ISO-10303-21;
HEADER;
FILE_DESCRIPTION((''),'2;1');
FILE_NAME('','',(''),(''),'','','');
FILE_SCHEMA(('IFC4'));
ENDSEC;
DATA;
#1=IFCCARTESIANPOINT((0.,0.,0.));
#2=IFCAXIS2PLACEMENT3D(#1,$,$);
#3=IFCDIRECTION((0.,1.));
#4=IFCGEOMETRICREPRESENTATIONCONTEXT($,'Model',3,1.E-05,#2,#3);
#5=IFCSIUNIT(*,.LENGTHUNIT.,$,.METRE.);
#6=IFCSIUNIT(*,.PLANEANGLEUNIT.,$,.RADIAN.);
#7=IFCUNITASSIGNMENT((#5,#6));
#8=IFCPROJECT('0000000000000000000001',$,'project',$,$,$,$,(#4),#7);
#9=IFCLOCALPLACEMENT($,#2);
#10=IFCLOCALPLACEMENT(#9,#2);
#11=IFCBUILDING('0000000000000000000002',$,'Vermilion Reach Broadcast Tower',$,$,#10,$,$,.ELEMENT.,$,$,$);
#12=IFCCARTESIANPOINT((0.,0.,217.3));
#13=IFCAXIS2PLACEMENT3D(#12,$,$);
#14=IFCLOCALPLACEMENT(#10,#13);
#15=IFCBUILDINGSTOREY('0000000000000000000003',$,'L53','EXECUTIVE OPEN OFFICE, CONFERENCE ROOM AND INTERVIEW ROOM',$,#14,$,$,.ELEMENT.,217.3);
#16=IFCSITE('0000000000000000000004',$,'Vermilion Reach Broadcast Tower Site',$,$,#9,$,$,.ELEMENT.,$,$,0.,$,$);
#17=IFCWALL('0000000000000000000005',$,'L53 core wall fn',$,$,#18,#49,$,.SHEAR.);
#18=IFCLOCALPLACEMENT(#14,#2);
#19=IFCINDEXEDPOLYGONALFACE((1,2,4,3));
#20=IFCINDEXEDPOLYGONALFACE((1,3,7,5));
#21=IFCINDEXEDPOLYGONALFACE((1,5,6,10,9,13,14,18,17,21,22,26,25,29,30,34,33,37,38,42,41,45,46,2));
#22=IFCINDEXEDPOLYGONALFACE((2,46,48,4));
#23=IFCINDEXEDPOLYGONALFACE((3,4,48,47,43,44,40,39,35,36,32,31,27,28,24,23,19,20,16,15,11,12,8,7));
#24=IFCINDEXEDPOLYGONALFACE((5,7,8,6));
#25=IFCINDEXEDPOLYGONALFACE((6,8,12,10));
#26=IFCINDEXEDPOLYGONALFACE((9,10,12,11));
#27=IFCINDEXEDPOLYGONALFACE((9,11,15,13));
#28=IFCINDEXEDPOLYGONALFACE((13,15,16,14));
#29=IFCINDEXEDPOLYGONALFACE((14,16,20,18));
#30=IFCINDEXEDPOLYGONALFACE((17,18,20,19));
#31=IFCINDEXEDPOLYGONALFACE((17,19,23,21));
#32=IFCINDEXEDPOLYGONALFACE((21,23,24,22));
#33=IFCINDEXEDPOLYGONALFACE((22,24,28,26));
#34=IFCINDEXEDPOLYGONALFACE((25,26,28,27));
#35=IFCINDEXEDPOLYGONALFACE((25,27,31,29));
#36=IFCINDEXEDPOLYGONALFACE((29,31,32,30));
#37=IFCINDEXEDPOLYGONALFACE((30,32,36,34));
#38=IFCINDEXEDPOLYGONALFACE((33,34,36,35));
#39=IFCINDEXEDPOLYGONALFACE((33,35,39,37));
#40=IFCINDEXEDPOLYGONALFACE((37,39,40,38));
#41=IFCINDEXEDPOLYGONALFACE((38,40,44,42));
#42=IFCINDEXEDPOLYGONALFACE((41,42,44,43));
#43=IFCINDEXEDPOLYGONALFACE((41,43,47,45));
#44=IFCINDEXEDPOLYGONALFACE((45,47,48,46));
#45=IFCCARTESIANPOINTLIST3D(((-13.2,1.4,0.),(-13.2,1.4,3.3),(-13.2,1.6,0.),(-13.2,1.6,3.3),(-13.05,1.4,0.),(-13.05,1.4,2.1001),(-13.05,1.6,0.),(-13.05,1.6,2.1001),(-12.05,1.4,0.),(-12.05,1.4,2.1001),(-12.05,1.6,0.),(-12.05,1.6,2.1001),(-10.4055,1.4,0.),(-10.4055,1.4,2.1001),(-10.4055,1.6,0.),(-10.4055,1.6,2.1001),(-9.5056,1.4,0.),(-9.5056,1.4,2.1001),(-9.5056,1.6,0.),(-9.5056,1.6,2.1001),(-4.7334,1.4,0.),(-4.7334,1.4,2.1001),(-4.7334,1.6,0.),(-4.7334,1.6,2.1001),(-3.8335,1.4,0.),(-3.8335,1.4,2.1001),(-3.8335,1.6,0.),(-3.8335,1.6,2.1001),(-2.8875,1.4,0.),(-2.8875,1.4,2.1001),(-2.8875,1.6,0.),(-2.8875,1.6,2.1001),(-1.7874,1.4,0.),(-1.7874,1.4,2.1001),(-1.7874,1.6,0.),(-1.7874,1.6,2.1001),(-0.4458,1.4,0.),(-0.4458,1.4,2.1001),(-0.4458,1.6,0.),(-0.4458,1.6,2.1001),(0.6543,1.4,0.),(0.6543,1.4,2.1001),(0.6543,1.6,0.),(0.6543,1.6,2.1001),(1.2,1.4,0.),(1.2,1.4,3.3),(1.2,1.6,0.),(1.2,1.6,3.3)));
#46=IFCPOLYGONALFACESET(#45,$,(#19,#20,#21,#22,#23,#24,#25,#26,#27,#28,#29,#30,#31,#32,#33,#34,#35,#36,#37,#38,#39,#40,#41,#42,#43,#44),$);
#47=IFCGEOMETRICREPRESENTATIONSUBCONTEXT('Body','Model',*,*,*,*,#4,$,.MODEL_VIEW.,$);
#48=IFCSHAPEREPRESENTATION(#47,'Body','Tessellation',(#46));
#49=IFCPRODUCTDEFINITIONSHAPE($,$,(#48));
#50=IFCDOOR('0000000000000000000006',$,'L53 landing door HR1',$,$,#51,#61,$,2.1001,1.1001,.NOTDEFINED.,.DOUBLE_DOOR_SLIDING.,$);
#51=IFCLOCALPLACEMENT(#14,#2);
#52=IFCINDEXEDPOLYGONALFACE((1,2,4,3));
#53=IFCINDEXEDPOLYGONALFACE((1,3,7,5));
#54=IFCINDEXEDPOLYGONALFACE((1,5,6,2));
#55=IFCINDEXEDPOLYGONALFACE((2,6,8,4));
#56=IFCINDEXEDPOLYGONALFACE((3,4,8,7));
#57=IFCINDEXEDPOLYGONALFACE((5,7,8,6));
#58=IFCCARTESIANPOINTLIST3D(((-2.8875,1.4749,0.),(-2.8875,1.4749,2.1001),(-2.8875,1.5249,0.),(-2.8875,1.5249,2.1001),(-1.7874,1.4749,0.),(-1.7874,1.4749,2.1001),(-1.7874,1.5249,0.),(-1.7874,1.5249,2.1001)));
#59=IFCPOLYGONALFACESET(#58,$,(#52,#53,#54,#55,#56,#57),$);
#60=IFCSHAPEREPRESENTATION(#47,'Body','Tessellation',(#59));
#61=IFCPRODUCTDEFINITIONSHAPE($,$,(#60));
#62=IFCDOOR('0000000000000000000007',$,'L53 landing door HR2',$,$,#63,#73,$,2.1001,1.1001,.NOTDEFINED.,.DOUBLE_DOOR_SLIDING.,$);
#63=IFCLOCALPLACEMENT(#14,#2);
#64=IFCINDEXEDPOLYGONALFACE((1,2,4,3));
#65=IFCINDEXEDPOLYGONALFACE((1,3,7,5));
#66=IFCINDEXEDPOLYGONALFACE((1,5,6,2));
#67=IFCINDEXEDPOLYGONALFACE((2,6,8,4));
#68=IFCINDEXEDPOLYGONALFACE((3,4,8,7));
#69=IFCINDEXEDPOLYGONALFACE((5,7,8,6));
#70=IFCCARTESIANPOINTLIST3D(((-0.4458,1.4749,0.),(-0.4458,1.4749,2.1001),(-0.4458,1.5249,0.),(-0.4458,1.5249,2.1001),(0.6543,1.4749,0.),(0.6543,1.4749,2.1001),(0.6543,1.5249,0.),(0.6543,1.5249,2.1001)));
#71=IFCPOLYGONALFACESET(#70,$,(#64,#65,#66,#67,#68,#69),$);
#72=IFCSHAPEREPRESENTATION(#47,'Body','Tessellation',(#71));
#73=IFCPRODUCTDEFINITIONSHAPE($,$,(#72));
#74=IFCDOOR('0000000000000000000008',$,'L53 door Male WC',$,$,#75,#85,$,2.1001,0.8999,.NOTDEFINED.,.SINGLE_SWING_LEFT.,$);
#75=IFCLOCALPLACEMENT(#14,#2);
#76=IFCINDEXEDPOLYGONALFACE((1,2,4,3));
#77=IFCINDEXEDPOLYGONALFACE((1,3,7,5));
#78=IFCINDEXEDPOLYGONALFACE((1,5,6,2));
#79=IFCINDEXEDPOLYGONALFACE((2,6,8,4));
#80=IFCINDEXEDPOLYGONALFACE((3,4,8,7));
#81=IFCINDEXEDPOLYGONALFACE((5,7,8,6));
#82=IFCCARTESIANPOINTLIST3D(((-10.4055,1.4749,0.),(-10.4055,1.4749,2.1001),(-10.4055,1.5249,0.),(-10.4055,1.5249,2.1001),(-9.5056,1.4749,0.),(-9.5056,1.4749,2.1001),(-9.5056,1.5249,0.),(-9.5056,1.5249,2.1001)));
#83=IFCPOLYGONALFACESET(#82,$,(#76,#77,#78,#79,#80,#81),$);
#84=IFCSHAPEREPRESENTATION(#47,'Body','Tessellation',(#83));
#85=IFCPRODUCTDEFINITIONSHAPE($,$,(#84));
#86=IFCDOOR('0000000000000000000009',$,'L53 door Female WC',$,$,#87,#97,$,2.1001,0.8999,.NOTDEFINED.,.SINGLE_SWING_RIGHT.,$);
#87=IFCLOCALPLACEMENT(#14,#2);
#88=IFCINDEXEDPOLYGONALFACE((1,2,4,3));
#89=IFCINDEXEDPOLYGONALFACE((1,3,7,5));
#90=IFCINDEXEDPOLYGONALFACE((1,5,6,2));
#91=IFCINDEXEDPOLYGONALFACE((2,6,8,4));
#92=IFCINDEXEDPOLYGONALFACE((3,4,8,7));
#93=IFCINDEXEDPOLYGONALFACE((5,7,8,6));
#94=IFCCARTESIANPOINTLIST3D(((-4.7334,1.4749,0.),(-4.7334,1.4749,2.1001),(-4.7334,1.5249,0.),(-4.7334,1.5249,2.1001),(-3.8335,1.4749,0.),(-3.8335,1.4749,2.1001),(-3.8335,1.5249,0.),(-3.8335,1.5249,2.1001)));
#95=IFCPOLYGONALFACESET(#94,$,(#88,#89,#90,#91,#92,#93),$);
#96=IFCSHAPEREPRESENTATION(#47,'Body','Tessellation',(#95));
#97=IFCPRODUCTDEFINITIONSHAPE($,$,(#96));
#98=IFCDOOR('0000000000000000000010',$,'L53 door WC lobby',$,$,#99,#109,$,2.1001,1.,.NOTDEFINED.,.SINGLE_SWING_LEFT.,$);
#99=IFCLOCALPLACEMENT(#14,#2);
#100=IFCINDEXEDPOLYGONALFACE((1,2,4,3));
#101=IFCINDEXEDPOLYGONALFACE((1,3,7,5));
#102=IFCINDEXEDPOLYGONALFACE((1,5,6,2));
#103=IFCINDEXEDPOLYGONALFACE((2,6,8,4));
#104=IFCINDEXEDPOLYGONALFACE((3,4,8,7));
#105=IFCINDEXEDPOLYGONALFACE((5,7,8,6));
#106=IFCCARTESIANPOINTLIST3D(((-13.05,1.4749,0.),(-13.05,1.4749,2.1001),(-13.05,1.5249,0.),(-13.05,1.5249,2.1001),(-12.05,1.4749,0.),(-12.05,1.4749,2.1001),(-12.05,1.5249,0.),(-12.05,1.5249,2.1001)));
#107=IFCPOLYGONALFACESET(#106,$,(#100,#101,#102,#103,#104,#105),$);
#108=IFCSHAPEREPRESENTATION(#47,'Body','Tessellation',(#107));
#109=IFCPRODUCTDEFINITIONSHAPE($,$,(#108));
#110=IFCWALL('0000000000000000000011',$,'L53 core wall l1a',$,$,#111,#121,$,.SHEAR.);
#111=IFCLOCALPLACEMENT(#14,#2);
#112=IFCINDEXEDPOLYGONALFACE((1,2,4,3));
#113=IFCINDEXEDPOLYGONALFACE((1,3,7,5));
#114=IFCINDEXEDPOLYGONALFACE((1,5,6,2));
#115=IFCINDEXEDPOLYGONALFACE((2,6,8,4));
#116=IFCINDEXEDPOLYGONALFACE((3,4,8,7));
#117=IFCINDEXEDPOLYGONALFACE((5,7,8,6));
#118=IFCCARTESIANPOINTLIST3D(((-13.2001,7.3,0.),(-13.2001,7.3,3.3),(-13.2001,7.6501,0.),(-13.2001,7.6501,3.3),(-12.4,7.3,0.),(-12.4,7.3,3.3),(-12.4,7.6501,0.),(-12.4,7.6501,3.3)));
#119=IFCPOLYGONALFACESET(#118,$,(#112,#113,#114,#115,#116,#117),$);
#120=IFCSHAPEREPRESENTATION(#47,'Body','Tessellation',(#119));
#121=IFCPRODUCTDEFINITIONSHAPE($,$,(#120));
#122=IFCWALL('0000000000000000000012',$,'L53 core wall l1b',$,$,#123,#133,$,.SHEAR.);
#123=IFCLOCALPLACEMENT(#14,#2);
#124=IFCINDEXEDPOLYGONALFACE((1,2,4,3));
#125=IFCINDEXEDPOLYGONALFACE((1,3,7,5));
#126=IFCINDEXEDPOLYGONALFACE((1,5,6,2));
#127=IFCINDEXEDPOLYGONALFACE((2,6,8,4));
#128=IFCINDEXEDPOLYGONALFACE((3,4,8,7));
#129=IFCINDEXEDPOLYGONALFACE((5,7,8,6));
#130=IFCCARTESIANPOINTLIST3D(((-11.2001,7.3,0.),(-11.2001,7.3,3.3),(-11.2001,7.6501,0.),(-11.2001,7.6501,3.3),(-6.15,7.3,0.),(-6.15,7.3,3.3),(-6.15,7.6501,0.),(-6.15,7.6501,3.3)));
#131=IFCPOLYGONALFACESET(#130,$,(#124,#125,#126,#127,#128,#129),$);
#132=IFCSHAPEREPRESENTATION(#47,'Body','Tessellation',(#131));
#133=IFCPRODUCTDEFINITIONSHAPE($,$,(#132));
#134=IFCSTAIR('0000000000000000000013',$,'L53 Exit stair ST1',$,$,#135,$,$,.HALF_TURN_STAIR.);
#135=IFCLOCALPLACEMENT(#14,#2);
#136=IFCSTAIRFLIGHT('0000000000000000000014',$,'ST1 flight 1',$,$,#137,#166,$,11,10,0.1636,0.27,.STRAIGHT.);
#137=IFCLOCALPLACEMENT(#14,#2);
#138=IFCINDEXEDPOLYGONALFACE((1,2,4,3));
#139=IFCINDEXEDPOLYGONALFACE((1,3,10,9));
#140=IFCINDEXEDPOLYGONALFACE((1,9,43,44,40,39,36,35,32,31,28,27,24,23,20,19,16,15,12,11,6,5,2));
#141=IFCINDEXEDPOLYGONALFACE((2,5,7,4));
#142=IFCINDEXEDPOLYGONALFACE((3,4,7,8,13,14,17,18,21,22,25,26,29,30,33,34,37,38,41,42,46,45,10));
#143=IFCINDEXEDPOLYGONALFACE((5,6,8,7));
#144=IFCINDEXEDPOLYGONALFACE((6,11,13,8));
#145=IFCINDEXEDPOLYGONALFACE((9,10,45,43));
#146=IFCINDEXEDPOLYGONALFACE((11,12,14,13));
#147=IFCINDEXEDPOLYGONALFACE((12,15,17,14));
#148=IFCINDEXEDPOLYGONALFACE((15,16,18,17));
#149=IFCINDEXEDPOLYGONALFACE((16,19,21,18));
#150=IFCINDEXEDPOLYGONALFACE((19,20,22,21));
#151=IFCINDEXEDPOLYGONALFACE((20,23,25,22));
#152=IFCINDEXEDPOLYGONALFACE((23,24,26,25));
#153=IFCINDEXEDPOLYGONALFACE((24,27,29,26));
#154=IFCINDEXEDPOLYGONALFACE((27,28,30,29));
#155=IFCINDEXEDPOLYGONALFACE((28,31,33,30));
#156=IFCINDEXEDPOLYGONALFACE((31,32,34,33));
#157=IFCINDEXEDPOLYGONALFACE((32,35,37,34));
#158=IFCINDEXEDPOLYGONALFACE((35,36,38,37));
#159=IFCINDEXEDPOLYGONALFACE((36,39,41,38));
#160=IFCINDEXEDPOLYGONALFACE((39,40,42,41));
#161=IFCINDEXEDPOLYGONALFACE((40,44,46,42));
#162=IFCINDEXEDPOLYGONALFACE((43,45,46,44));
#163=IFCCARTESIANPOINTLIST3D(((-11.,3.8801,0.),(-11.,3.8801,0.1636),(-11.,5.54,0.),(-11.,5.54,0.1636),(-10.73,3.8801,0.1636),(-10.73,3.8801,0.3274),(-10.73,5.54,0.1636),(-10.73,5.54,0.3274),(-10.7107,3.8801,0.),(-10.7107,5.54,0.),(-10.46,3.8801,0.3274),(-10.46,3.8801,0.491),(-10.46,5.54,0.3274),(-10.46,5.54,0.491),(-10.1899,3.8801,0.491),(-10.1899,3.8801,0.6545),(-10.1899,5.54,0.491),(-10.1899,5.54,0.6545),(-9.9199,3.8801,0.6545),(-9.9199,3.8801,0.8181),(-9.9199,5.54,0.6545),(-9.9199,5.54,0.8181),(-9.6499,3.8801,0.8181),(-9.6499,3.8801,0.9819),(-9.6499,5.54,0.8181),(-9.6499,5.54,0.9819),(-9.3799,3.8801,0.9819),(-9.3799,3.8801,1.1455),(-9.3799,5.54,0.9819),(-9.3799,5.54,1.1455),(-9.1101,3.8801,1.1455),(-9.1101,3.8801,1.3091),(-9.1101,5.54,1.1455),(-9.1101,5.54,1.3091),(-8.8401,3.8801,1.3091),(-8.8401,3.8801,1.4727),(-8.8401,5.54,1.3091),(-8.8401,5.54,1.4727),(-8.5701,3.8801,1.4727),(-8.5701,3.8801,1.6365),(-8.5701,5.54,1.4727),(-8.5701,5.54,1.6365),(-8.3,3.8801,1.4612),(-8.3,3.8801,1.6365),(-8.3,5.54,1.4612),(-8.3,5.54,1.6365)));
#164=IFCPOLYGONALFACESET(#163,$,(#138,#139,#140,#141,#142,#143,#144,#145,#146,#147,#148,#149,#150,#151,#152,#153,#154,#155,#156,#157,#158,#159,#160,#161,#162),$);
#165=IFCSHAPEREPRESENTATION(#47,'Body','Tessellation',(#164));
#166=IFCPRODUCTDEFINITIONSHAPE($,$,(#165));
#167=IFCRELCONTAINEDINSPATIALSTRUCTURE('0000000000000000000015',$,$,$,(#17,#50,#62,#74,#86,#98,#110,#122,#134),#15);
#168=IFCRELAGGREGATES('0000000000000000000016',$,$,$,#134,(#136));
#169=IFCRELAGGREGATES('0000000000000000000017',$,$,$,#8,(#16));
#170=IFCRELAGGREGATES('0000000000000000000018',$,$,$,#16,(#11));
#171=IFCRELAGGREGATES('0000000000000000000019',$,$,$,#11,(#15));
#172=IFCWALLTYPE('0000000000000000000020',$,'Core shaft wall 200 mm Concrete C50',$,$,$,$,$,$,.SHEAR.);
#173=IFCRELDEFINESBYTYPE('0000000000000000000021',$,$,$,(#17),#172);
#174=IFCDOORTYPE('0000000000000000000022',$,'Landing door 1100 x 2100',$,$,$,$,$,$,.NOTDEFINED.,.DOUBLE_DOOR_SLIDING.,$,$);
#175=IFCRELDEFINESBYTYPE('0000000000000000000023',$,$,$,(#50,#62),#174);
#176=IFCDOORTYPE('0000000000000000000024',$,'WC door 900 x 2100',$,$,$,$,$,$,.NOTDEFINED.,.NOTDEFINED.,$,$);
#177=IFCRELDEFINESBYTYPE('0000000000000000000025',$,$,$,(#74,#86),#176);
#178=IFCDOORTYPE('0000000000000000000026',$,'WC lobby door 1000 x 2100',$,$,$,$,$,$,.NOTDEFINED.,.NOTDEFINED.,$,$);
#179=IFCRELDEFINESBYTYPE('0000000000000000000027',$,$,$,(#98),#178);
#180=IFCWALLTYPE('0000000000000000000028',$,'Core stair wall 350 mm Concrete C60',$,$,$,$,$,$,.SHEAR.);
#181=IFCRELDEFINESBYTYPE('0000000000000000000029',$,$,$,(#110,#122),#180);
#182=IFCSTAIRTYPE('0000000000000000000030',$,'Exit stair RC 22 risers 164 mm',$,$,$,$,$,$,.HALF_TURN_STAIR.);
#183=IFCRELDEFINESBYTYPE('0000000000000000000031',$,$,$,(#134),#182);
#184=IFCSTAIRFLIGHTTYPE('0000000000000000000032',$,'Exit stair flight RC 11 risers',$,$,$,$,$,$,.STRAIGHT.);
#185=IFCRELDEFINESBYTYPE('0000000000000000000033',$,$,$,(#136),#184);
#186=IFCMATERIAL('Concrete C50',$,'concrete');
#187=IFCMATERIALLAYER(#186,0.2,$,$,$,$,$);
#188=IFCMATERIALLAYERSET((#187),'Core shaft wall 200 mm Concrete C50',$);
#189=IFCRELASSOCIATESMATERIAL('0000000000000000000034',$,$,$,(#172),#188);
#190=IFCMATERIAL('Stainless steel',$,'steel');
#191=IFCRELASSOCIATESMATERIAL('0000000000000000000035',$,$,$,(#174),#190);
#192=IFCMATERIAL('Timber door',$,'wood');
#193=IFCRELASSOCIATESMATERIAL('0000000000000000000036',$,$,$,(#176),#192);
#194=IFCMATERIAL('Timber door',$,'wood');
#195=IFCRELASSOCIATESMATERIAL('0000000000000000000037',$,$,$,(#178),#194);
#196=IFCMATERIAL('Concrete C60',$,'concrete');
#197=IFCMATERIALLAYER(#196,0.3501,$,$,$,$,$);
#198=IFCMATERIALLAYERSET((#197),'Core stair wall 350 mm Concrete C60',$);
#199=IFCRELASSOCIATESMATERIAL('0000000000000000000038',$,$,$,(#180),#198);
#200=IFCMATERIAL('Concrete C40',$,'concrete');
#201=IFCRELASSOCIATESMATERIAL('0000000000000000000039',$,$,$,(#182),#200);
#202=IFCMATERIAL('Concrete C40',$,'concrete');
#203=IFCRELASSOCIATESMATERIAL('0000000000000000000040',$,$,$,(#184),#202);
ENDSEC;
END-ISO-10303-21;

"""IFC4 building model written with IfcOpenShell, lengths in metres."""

from ifc_helpers import new_model, si_unit, direction, frame, frame_2d, origin, place, context, subcontext, project, spatial, polyline, rectangle, outline, extrude, material, layer, layer_set, type_object, element, fill, aggregate, save


model = new_model("IFC4")

# Units and contexts
model_context = context("Model", 3, precision=1e-05, world=origin(), true_north=direction((0.0, 1.0)))
body_context = subcontext(model_context, "Body", "Model", "MODEL_VIEW")
ifc_project = project(units=[si_unit("LENGTHUNIT", "METRE"), si_unit("PLANEANGLEUNIT", "RADIAN")], contexts=[model_context])

# Site, building, storey
site_placement = place(None, origin())
site = spatial("IfcSite", under=ifc_project, at=site_placement, Name="Vermilion Reach Broadcast Tower Site", CompositionType="ELEMENT", RefElevation=0.0)
building_placement = place(site_placement, origin())
building = spatial("IfcBuilding", under=site, at=building_placement, Name="Vermilion Reach Broadcast Tower", CompositionType="ELEMENT")
storey_placement = place(building_placement, frame((0.0, 0.0, 217.3)))
storey = spatial("IfcBuildingStorey", under=building, at=storey_placement, Name="L53", Description="EXECUTIVE OPEN OFFICE, CONFERENCE ROOM AND INTERVIEW ROOM", CompositionType="ELEMENT", Elevation=217.3)

# Wall, openings, doors
ifc_material_1 = material(Name="Concrete C50", Category="concrete")
ifc_layer_1 = layer(ifc_material_1, 0.2)
ifc_layer_set_1 = layer_set([ifc_layer_1], Name="Core shaft wall 200 mm Concrete C50")
wall_type_1 = type_object("IfcWallType", Name="Core shaft wall 200 mm Concrete C50", PredefinedType="SHEAR", material=ifc_layer_set_1)
wall_1_placement = place(storey_placement, frame((-13.2, 1.5, 0.0), z_axis=(0.0, 0.0, 1.0), x_axis=(1.0, 0.0, 0.0)))
wall_1 = element("IfcWall", 1, at=wall_1_placement, inside=storey, type_object=wall_type_1, Name="L53 core wall fn", PredefinedType="SHEAR", context=body_context, shape_type="SweptSolid", body=[
    extrude(rectangle(XDim=14.3999, YDim=0.2, at=frame_2d((7.2, 0.0))), origin(), (0.0, 0.0, 1.0), 3.3),
])
opening_1_placement = place(wall_1_placement, frame((10.3125, 0.0, 0.0)))
opening_1 = element("IfcOpeningElement", 2, at=opening_1_placement, cuts=wall_1, PredefinedType="OPENING", context=body_context, shape_type="SweptSolid", body=[
    extrude(rectangle(XDim=1.1001, YDim=2.1001, at=frame_2d((0.55, 1.05))), frame((0.0, 0.1099, 0.0), z_axis=(0.0, -1.0, 0.0), x_axis=(1.0, 0.0, 0.0)), (0.0, 0.0, 1.0), 0.22),
])
opening_2_placement = place(wall_1_placement, frame((12.7542, 0.0, 0.0)))
opening_2 = element("IfcOpeningElement", 3, at=opening_2_placement, cuts=wall_1, PredefinedType="OPENING", context=body_context, shape_type="SweptSolid", body=[
    extrude(rectangle(XDim=1.1001, YDim=2.1001, at=frame_2d((0.55, 1.05))), frame((0.0, 0.1099, 0.0), z_axis=(0.0, -1.0, 0.0), x_axis=(1.0, 0.0, 0.0)), (0.0, 0.0, 1.0), 0.22),
])
opening_3_placement = place(wall_1_placement, frame((0.1499, 0.0, 0.0)))
opening_3 = element("IfcOpeningElement", 4, at=opening_3_placement, cuts=wall_1, PredefinedType="OPENING", context=body_context, shape_type="SweptSolid", body=[
    extrude(rectangle(XDim=1.0, YDim=2.1001, at=frame_2d((0.5, 1.05))), frame((0.0, 0.1099, 0.0), z_axis=(0.0, -1.0, 0.0), x_axis=(1.0, 0.0, 0.0)), (0.0, 0.0, 1.0), 0.22),
])
opening_4_placement = place(wall_1_placement, frame((2.7944, 0.0, 0.0)))
opening_4 = element("IfcOpeningElement", 5, at=opening_4_placement, cuts=wall_1, PredefinedType="OPENING", context=body_context, shape_type="SweptSolid", body=[
    extrude(rectangle(XDim=0.8999, YDim=2.1001, at=frame_2d((0.45, 1.05))), frame((0.0, 0.1099, 0.0), z_axis=(0.0, -1.0, 0.0), x_axis=(1.0, 0.0, 0.0)), (0.0, 0.0, 1.0), 0.22),
])
opening_5_placement = place(wall_1_placement, frame((8.4666, 0.0, 0.0)))
opening_5 = element("IfcOpeningElement", 6, at=opening_5_placement, cuts=wall_1, PredefinedType="OPENING", context=body_context, shape_type="SweptSolid", body=[
    extrude(rectangle(XDim=0.8999, YDim=2.1001, at=frame_2d((0.45, 1.05))), frame((0.0, 0.1099, 0.0), z_axis=(0.0, -1.0, 0.0), x_axis=(1.0, 0.0, 0.0)), (0.0, 0.0, 1.0), 0.22),
])
ifc_material_2 = material(Name="Stainless steel", Category="steel")
door_type_1 = type_object("IfcDoorType", Name="Landing door 1100 x 2100", OperationType="DOUBLE_DOOR_SLIDING", PredefinedType="NOTDEFINED", material=ifc_material_2)
door_1_placement = place(opening_1_placement, origin())
door_1 = element("IfcDoor", 7, at=door_1_placement, inside=storey, type_object=door_type_1, Name="L53 landing door HR1", OperationType="DOUBLE_DOOR_SLIDING", OverallHeight=2.1001, OverallWidth=1.1001, PredefinedType="NOTDEFINED", context=body_context, shape_type="SweptSolid", body=[
    extrude(rectangle(XDim=1.1001, YDim=2.1001, at=frame_2d((0.55, 1.05))), frame((0.0, 0.0249, 0.0), z_axis=(0.0, -1.0, 0.0), x_axis=(1.0, 0.0, 0.0)), (0.0, 0.0, 1.0), 0.05),
])
fill(opening_1, door_1)
door_2_placement = place(opening_2_placement, origin())
door_2 = element("IfcDoor", 8, at=door_2_placement, inside=storey, type_object=door_type_1, Name="L53 landing door HR2", OperationType="DOUBLE_DOOR_SLIDING", OverallHeight=2.1001, OverallWidth=1.1001, PredefinedType="NOTDEFINED", context=body_context, shape_type="SweptSolid", body=[
    extrude(rectangle(XDim=1.1001, YDim=2.1001, at=frame_2d((0.55, 1.05))), frame((0.0, 0.0249, 0.0), z_axis=(0.0, -1.0, 0.0), x_axis=(1.0, 0.0, 0.0)), (0.0, 0.0, 1.0), 0.05),
])
fill(opening_2, door_2)
ifc_material_3 = material(Name="Timber door", Category="wood")
door_type_2 = type_object("IfcDoorType", Name="WC door 900 x 2100", OperationType="NOTDEFINED", PredefinedType="NOTDEFINED", material=ifc_material_3)
door_3_placement = place(opening_4_placement, origin())
door_3 = element("IfcDoor", 9, at=door_3_placement, inside=storey, type_object=door_type_2, Name="L53 door Male WC", OperationType="SINGLE_SWING_LEFT", OverallHeight=2.1001, OverallWidth=0.8999, PredefinedType="NOTDEFINED", context=body_context, shape_type="SweptSolid", body=[
    extrude(rectangle(XDim=0.8999, YDim=2.1001, at=frame_2d((0.45, 1.05))), frame((0.0, 0.0249, 0.0), z_axis=(0.0, -1.0, 0.0), x_axis=(1.0, 0.0, 0.0)), (0.0, 0.0, 1.0), 0.05),
])
fill(opening_4, door_3)
door_4_placement = place(opening_5_placement, origin())
door_4 = element("IfcDoor", 10, at=door_4_placement, inside=storey, type_object=door_type_2, Name="L53 door Female WC", OperationType="SINGLE_SWING_RIGHT", OverallHeight=2.1001, OverallWidth=0.8999, PredefinedType="NOTDEFINED", context=body_context, shape_type="SweptSolid", body=[
    extrude(rectangle(XDim=0.8999, YDim=2.1001, at=frame_2d((0.45, 1.05))), frame((0.0, 0.0249, 0.0), z_axis=(0.0, -1.0, 0.0), x_axis=(1.0, 0.0, 0.0)), (0.0, 0.0, 1.0), 0.05),
])
fill(opening_5, door_4)
ifc_material_4 = material(Name="Timber door", Category="wood")
door_type_3 = type_object("IfcDoorType", Name="WC lobby door 1000 x 2100", OperationType="NOTDEFINED", PredefinedType="NOTDEFINED", material=ifc_material_4)
door_5_placement = place(opening_3_placement, origin())
door_5 = element("IfcDoor", 11, at=door_5_placement, inside=storey, type_object=door_type_3, Name="L53 door WC lobby", OperationType="SINGLE_SWING_LEFT", OverallHeight=2.1001, OverallWidth=1.0, PredefinedType="NOTDEFINED", context=body_context, shape_type="SweptSolid", body=[
    extrude(rectangle(XDim=1.0, YDim=2.1001, at=frame_2d((0.5, 1.05))), frame((0.0, 0.0249, 0.0), z_axis=(0.0, -1.0, 0.0), x_axis=(1.0, 0.0, 0.0)), (0.0, 0.0, 1.0), 0.05),
])
fill(opening_3, door_5)

# Walls
ifc_material_5 = material(Name="Concrete C60", Category="concrete")
ifc_layer_2 = layer(ifc_material_5, 0.3501)
ifc_layer_set_2 = layer_set([ifc_layer_2], Name="Core stair wall 350 mm Concrete C60")
wall_type_2 = type_object("IfcWallType", Name="Core stair wall 350 mm Concrete C60", PredefinedType="SHEAR", material=ifc_layer_set_2)
wall_2_placement = place(storey_placement, frame((-13.2, 7.4751, 0.0), z_axis=(0.0, 0.0, 1.0), x_axis=(1.0, 0.0, 0.0)))
element("IfcWall", 12, at=wall_2_placement, inside=storey, type_object=wall_type_2, Name="L53 core wall l1a", PredefinedType="SHEAR", context=body_context, shape_type="SweptSolid", body=[
    extrude(rectangle(XDim=0.8, YDim=0.3501, at=frame_2d((0.3999, 0.0))), origin(), (0.0, 0.0, 1.0), 3.3),
])
wall_3_placement = place(storey_placement, frame((-11.2, 7.4751, 0.0), z_axis=(0.0, 0.0, 1.0), x_axis=(1.0, 0.0, 0.0)))
element("IfcWall", 13, at=wall_3_placement, inside=storey, type_object=wall_type_2, Name="L53 core wall l1b", PredefinedType="SHEAR", context=body_context, shape_type="SweptSolid", body=[
    extrude(rectangle(XDim=5.05, YDim=0.3501, at=frame_2d((2.5249, 0.0))), origin(), (0.0, 0.0, 1.0), 3.3),
])

# Stair, stair flight
ifc_material_6 = material(Name="Concrete C40", Category="concrete")
stair_type = type_object("IfcStairType", Name="Exit stair RC 22 risers 164 mm", PredefinedType="HALF_TURN_STAIR", material=ifc_material_6)
stair_placement = place(storey_placement, origin())
stair = element("IfcStair", 14, at=stair_placement, inside=storey, type_object=stair_type, Name="L53 Exit stair ST1", PredefinedType="HALF_TURN_STAIR")
ifc_material_7 = material(Name="Concrete C40", Category="concrete")
stair_flight_type = type_object("IfcStairFlightType", Name="Exit stair flight RC 11 risers", PredefinedType="STRAIGHT", material=ifc_material_7)
stair_flight_1_placement = place(storey_placement, frame((-11.0, 4.71, 0.0), z_axis=(0.0, 0.0, 1.0), x_axis=(1.0, 0.0, 0.0)))
stair_flight_1 = element("IfcStairFlight", 15, at=stair_flight_1_placement, type_object=stair_flight_type, Name="ST1 flight 1", NumberOfRisers=11, NumberOfTreads=10, PredefinedType="STRAIGHT", RiserHeight=0.1636, TreadLength=0.27, context=body_context, shape_type="SweptSolid", body=[
    extrude(outline(polyline([(0.0, 0.0), (0.0, 0.1636), (0.27, 0.1636), (0.27, 0.3274), (0.54, 0.3274), (0.54, 0.491), (0.8101, 0.491), (0.8101, 0.6545), (1.0801, 0.6545), (1.0801, 0.8181), (1.3501, 0.8181), (1.3501, 0.9819), (1.6201, 0.9819), (1.6201, 1.1455), (1.8899, 1.1455), (1.8899, 1.3091), (2.1599, 1.3091), (2.1599, 1.4727), (2.4299, 1.4727), (2.4299, 1.6365), (2.7, 1.6365), (2.7, 1.8), (2.7, 1.4612), (0.2893, 0.0), (0.0, 0.0)])), frame((0.0, 0.8301, 0.0), z_axis=(0.0, -1.0, 0.0), x_axis=(1.0, 0.0, 0.0)), (0.0, 0.0, 1.0), 1.6599),
])
aggregate(stair, [stair_flight_1])

save(model, "model.ifc")
